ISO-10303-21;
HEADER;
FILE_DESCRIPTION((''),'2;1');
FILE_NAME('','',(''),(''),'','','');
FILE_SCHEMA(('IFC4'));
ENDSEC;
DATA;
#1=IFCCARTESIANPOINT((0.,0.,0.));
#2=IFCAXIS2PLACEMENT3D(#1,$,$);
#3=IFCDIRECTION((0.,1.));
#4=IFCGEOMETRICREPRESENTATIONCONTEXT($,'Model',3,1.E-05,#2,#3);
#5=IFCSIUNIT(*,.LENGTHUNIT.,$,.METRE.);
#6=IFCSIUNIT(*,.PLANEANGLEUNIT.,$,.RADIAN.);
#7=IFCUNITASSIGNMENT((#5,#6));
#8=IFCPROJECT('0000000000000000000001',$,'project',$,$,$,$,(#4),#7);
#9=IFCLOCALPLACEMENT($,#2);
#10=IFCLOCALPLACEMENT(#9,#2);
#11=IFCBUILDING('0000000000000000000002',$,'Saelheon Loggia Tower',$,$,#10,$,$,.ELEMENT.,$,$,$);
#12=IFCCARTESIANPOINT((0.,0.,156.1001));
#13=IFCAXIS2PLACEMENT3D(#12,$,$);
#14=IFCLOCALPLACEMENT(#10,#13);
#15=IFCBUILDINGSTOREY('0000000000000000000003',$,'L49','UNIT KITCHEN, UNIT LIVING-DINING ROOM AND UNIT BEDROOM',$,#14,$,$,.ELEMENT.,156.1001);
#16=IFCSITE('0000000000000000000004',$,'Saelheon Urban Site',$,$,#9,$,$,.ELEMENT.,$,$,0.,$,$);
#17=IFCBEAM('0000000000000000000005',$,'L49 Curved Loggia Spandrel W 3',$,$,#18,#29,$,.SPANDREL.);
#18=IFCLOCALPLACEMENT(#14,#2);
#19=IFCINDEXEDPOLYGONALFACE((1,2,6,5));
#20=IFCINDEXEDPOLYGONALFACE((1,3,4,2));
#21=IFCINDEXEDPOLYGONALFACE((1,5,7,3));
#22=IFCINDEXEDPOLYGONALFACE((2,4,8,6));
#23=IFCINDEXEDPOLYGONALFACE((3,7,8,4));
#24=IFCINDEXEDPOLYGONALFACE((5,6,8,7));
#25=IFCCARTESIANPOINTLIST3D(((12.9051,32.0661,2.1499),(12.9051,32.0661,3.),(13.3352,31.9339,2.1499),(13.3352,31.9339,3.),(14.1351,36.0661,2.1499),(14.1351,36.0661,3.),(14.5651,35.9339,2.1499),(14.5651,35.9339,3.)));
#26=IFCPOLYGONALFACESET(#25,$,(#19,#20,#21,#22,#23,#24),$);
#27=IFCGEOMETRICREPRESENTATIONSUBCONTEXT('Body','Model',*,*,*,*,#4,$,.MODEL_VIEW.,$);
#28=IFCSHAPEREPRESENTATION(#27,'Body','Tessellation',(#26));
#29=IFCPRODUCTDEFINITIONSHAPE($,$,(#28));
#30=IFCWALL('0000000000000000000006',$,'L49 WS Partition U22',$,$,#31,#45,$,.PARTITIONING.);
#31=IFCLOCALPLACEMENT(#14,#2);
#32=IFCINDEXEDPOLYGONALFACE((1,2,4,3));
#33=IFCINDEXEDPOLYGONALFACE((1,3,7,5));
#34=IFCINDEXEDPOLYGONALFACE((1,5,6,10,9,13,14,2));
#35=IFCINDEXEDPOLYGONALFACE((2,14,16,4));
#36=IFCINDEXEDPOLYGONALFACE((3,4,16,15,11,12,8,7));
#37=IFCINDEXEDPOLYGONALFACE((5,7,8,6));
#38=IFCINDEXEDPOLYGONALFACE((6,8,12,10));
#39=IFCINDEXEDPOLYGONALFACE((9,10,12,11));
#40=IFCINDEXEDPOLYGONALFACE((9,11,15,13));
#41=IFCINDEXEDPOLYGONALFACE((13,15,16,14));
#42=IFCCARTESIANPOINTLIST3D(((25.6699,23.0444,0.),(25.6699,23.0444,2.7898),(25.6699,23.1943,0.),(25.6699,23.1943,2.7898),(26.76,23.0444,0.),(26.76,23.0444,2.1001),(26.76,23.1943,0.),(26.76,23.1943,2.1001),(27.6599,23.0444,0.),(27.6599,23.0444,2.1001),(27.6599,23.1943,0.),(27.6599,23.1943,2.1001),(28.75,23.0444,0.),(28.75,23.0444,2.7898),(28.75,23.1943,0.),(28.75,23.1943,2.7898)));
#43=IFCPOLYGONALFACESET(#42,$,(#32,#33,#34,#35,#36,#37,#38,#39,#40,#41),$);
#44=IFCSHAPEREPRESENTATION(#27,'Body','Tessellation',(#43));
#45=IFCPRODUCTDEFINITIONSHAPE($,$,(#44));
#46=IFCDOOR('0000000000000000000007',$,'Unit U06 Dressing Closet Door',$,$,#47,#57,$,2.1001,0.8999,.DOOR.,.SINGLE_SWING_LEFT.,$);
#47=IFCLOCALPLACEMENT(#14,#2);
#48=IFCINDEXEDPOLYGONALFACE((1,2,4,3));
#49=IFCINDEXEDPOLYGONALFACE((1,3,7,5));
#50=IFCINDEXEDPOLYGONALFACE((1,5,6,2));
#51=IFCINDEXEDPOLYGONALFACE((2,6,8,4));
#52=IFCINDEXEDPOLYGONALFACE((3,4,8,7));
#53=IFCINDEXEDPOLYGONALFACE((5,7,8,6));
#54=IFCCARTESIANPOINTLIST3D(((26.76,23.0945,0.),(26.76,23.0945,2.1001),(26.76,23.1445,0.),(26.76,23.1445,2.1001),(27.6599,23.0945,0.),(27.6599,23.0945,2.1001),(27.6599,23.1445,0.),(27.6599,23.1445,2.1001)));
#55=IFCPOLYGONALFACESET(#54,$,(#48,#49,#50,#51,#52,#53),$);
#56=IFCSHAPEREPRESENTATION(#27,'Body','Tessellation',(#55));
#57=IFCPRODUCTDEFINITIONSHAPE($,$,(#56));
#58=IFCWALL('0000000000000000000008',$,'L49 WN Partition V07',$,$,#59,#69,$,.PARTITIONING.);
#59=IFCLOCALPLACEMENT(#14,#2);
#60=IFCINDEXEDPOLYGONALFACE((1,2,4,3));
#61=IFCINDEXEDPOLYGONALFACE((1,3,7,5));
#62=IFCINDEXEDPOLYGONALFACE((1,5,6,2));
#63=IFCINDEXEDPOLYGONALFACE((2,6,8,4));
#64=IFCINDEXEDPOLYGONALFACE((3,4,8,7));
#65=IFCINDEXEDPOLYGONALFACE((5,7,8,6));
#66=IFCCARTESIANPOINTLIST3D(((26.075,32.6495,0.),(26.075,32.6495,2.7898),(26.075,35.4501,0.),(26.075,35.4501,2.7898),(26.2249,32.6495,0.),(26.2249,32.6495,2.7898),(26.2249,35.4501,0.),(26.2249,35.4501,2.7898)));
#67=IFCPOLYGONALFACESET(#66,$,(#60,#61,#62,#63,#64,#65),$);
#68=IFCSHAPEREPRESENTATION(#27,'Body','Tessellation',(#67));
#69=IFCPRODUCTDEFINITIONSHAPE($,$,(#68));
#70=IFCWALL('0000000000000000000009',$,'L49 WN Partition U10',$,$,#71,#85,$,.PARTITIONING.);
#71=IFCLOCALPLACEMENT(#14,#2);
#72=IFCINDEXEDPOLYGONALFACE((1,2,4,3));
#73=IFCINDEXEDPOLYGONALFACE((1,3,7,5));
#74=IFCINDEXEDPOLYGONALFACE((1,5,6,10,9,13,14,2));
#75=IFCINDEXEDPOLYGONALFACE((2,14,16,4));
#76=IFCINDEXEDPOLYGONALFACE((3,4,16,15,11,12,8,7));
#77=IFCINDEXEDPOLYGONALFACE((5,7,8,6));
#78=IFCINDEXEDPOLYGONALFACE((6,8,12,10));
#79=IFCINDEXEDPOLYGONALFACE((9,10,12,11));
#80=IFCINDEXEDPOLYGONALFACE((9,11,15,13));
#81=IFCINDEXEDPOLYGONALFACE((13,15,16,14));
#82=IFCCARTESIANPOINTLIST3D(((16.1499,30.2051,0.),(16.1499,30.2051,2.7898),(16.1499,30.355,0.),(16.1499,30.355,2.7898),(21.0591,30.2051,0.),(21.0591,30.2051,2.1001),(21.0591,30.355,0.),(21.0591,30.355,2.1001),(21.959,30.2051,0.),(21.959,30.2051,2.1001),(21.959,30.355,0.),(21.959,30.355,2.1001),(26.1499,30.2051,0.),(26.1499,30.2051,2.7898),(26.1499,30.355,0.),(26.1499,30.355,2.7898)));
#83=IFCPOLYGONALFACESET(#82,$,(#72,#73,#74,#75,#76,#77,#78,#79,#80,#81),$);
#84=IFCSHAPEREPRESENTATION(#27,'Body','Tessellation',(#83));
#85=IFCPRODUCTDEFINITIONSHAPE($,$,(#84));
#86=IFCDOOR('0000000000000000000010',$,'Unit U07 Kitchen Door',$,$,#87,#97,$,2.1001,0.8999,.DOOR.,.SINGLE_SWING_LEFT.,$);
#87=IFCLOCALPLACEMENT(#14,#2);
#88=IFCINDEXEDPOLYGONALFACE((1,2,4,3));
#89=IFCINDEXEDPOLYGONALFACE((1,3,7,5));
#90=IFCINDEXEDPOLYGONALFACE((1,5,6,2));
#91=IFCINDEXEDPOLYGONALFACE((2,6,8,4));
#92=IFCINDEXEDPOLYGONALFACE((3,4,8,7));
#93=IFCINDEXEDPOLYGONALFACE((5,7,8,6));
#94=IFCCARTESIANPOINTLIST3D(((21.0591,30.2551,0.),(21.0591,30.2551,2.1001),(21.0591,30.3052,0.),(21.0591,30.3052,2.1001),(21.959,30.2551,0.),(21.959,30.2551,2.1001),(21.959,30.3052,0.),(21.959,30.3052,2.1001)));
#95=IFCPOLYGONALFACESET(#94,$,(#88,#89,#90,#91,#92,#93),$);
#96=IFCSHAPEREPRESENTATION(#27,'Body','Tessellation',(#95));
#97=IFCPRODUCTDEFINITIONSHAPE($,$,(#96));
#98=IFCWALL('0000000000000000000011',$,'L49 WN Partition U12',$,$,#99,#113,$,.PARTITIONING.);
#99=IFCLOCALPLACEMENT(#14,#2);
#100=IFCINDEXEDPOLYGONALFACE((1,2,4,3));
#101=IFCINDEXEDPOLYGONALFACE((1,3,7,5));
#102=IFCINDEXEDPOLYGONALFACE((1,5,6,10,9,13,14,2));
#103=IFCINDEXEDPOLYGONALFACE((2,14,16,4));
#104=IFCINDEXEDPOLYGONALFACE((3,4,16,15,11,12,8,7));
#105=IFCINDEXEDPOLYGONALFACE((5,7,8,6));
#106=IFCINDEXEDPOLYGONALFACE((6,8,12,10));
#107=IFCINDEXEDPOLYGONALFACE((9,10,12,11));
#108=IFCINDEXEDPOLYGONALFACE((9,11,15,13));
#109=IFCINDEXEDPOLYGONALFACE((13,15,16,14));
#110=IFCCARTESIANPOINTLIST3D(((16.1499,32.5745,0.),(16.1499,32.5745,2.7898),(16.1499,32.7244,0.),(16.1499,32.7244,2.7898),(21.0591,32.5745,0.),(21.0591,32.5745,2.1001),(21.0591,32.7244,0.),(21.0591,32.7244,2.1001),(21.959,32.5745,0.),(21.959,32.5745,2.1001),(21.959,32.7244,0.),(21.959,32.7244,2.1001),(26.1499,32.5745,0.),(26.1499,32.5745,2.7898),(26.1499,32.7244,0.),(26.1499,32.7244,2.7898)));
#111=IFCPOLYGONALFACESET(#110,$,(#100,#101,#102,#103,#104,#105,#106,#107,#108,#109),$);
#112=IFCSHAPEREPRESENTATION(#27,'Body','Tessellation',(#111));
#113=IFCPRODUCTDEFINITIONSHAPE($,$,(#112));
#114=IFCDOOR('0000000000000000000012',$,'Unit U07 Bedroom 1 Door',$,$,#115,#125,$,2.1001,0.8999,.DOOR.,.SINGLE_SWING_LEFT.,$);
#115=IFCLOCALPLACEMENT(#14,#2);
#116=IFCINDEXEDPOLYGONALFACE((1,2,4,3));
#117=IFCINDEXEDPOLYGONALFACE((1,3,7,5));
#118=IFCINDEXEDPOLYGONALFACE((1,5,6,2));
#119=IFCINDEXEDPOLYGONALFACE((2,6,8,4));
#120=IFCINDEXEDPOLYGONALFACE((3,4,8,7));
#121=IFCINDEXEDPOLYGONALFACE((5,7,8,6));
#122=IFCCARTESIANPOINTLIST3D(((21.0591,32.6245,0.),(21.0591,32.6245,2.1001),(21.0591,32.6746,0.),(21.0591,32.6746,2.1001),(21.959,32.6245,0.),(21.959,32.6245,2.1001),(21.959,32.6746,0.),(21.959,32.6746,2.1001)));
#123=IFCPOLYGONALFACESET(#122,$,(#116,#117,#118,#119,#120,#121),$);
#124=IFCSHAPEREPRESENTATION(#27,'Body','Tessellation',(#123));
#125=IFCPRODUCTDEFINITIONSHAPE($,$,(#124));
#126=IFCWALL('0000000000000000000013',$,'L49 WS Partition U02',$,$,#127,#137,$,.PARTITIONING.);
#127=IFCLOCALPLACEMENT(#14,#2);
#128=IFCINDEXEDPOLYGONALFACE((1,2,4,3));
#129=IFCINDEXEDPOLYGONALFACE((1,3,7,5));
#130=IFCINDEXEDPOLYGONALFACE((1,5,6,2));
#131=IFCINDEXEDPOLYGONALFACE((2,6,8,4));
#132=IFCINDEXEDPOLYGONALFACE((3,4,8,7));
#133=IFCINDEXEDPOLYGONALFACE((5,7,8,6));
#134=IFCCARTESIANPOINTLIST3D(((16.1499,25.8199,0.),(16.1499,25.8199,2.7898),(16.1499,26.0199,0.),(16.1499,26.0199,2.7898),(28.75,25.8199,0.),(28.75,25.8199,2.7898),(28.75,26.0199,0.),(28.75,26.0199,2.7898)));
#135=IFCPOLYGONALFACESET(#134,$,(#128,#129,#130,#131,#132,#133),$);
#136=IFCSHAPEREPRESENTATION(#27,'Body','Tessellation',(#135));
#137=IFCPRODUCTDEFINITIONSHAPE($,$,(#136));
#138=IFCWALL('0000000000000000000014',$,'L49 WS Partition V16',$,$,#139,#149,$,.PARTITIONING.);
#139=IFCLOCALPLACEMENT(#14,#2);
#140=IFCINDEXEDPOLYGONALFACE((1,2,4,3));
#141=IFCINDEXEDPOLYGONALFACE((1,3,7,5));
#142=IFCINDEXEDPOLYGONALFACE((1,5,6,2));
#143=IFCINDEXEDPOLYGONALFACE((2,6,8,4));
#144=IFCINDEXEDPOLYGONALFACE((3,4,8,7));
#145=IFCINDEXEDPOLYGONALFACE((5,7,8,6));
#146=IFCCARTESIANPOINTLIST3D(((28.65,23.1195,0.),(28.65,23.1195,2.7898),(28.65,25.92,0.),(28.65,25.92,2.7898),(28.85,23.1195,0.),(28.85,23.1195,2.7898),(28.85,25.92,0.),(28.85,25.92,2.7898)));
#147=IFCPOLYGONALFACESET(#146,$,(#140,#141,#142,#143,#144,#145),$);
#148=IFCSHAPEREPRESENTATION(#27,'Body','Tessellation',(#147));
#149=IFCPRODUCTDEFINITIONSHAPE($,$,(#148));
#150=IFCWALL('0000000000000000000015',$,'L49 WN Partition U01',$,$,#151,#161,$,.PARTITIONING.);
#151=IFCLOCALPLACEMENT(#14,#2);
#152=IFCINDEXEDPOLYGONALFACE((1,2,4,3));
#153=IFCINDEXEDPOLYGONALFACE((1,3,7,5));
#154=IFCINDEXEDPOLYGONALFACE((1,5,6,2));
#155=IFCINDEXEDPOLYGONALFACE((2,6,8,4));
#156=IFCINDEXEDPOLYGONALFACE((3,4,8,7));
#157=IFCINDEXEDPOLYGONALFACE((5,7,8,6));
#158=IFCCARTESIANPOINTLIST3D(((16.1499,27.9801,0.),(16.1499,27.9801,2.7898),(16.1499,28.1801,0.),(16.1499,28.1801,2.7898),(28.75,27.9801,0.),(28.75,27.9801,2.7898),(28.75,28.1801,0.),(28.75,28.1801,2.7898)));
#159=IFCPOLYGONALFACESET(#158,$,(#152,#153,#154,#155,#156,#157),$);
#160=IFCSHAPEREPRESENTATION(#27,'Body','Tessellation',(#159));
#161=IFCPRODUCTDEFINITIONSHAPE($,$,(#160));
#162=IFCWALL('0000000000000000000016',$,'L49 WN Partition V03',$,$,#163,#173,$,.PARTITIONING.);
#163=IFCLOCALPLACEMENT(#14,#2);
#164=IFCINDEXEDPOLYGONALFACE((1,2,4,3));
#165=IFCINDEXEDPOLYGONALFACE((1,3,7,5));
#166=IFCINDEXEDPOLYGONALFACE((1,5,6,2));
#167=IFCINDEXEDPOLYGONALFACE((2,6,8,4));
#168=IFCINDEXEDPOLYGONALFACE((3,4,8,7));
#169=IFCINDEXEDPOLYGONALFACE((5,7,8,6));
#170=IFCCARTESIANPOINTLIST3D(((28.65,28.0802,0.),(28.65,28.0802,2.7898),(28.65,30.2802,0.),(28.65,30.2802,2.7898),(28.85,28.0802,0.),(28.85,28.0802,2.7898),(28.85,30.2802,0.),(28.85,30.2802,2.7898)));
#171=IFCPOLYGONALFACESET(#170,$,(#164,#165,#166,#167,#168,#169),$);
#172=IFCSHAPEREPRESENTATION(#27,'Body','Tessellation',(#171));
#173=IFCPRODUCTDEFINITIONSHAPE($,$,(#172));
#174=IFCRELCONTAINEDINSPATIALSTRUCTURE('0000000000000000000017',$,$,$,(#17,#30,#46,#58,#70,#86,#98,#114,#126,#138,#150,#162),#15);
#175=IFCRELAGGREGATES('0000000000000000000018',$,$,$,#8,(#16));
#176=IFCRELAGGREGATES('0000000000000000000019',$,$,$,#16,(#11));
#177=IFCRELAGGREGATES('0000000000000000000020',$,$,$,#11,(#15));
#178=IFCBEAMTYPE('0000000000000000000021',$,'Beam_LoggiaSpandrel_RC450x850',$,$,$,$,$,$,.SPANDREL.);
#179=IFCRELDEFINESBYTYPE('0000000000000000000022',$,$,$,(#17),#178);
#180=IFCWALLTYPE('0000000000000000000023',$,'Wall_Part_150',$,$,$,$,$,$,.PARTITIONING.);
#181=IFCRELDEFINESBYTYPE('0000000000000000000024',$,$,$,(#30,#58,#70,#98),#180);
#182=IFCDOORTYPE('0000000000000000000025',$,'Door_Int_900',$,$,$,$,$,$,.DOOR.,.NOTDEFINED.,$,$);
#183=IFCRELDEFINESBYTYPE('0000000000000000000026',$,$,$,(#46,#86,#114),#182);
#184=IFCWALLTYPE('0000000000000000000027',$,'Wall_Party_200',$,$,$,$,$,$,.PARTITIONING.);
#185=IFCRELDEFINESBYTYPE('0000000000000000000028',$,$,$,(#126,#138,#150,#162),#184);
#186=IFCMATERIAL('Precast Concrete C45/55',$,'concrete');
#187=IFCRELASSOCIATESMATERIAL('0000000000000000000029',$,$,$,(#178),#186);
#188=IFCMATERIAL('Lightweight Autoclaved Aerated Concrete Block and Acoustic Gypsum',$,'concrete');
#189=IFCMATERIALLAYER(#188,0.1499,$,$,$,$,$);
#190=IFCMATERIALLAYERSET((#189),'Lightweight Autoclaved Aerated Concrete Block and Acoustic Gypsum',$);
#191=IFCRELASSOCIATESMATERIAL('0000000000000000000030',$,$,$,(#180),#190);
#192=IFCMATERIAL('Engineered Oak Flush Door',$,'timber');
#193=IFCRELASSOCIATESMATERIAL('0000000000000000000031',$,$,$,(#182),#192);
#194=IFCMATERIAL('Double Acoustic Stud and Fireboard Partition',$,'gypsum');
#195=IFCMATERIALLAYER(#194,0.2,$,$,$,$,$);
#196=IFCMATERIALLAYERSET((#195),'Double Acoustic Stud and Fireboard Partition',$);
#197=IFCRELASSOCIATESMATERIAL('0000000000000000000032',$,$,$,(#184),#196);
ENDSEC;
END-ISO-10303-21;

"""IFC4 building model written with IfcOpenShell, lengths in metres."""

from ifc_helpers import new_model, si_unit, direction, frame, frame_2d, origin, origin_2d, place, context, subcontext, project, spatial, rectangle, extrude, source, transform, mapped, material, layer, layer_set, material_profile, profile_set, type_object, element, fill, save


model = new_model("IFC4")

# Units and contexts
model_context = context("Model", 3, precision=1e-05, world=origin(), true_north=direction((0.0, 1.0)))
body_context = subcontext(model_context, "Body", "Model", "MODEL_VIEW")
ifc_project = project(units=[si_unit("LENGTHUNIT", "METRE"), si_unit("PLANEANGLEUNIT", "RADIAN")], contexts=[model_context])

# Site, building, storey
site_placement = place(None, origin())
site = spatial("IfcSite", under=ifc_project, at=site_placement, Name="Saelheon Urban Site", CompositionType="ELEMENT", RefElevation=0.0)
building_placement = place(site_placement, origin())
building = spatial("IfcBuilding", under=site, at=building_placement, Name="Saelheon Loggia Tower", CompositionType="ELEMENT")
storey_placement = place(building_placement, frame((0.0, 0.0, 156.1001)))
storey = spatial("IfcBuildingStorey", under=building, at=storey_placement, Name="L49", Description="UNIT KITCHEN, UNIT LIVING-DINING ROOM AND UNIT BEDROOM", CompositionType="ELEMENT", Elevation=156.1001)

# Beam
ifc_material_1 = material(Name="Precast Concrete C45/55", Category="concrete")
ifc_material_profile = material_profile(ifc_material_1, rectangle(XDim=0.45, YDim=0.8501, at=origin_2d()), Name="RC-450x850")
ifc_profile_set = profile_set([ifc_material_profile], Name="Precast Concrete C45/55")
beam_type = type_object("IfcBeamType", Name="Beam_LoggiaSpandrel_RC450x850", PredefinedType="SPANDREL", material=ifc_profile_set)
shared_shape_1 = source(origin(), body_context, "Body", "SweptSolid", [
    extrude(rectangle(XDim=0.45, YDim=0.8501, at=origin_2d()), origin(), (0.0, 0.0, 1.0), 4.1848),
])
beam_placement = place(storey_placement, frame((13.1201, 32.0, 2.575), z_axis=(0.293914, 0.955832, 0.0), x_axis=(-0.955832, 0.293914, 0.0)))
element("IfcBeam", 1, at=beam_placement, inside=storey, type_object=beam_type, Name="L49 Curved Loggia Spandrel W 3", PredefinedType="SPANDREL", context=body_context, shape_type="MappedRepresentation", body=[
    mapped(shared_shape_1, transform((0.0, 0.0, 0.0), scale=1.0)),
])

# Wall, opening, door
ifc_material_2 = material(Name="Lightweight Autoclaved Aerated Concrete Block and Acoustic Gypsum", Category="concrete")
ifc_layer_1 = layer(ifc_material_2, 0.1499)
ifc_layer_set_1 = layer_set([ifc_layer_1], Name="Lightweight Autoclaved Aerated Concrete Block and Acoustic Gypsum")
wall_type_1 = type_object("IfcWallType", Name="Wall_Part_150", PredefinedType="PARTITIONING", material=ifc_layer_set_1)
wall_1_placement = place(storey_placement, frame((28.75, 23.1194, 0.0), z_axis=(0.0, 0.0, 1.0), x_axis=(-1.0, 0.0, 0.0)))
wall_1 = element("IfcWall", 2, at=wall_1_placement, inside=storey, type_object=wall_type_1, Name="L49 WS Partition U22", PredefinedType="PARTITIONING", context=body_context, shape_type="SweptSolid", body=[
    extrude(rectangle(XDim=3.0801, YDim=0.1499, at=frame_2d((1.54, 0.0))), origin(), (0.0, 0.0, 1.0), 2.7898),
])
opening_1_placement = place(wall_1_placement, frame((1.0901, 0.0, 0.0)))
opening_1 = element("IfcOpeningElement", 3, at=opening_1_placement, cuts=wall_1, PredefinedType="OPENING", context=body_context, shape_type="SweptSolid", body=[
    extrude(rectangle(XDim=0.8999, YDim=2.1001, at=frame_2d((0.45, 1.05))), frame((0.0, 0.0869, 0.0), z_axis=(0.0, -1.0, 0.0), x_axis=(1.0, 0.0, 0.0)), (0.0, 0.0, 1.0), 0.1738),
])
ifc_material_3 = material(Name="Engineered Oak Flush Door", Category="timber")
door_type_1 = type_object("IfcDoorType", Name="Door_Int_900", OperationType="NOTDEFINED", PredefinedType="DOOR", material=ifc_material_3)
shared_shape_2 = source(origin(), body_context, "Body", "SweptSolid", [
    extrude(rectangle(XDim=0.8999, YDim=2.1001, at=frame_2d((0.45, 1.05))), frame((0.0, 0.0249, 0.0), z_axis=(0.0, -1.0, 0.0), x_axis=(1.0, 0.0, 0.0)), (0.0, 0.0, 1.0), 0.05),
])
door_1_placement = place(opening_1_placement, origin())
door_1 = element("IfcDoor", 4, at=door_1_placement, inside=storey, type_object=door_type_1, Name="Unit U06 Dressing Closet Door", OperationType="SINGLE_SWING_LEFT", OverallHeight=2.1001, OverallWidth=0.8999, PredefinedType="DOOR", context=body_context, shape_type="MappedRepresentation", body=[
    mapped(shared_shape_2, transform((0.0, 0.0, 0.0), scale=1.0)),
])
fill(opening_1, door_1)

# Wall
wall_2_placement = place(storey_placement, frame((26.1499, 32.6494, 0.0), z_axis=(0.0, 0.0, 1.0), x_axis=(0.0, 1.0, 0.0)))
element("IfcWall", 5, at=wall_2_placement, inside=storey, type_object=wall_type_1, Name="L49 WN Partition V07", PredefinedType="PARTITIONING", context=body_context, shape_type="SweptSolid", body=[
    extrude(rectangle(XDim=2.8005, YDim=0.1499, at=frame_2d((1.4004, 0.0))), origin(), (0.0, 0.0, 1.0), 2.7898),
])

# Walls, openings, doors
wall_3_placement = place(storey_placement, frame((26.1499, 30.28, 0.0), z_axis=(0.0, 0.0, 1.0), x_axis=(-1.0, 0.0, 0.0)))
wall_3 = element("IfcWall", 6, at=wall_3_placement, inside=storey, type_object=wall_type_1, Name="L49 WN Partition U10", PredefinedType="PARTITIONING", context=body_context, shape_type="SweptSolid", body=[
    extrude(rectangle(XDim=10.0, YDim=0.1499, at=frame_2d((5.0, 0.0))), origin(), (0.0, 0.0, 1.0), 2.7898),
])
opening_2_placement = place(wall_3_placement, frame((4.1909, 0.0, 0.0)))
opening_2 = element("IfcOpeningElement", 7, at=opening_2_placement, cuts=wall_3, PredefinedType="OPENING", context=body_context, shape_type="SweptSolid", body=[
    extrude(rectangle(XDim=0.8999, YDim=2.1001, at=frame_2d((0.45, 1.05))), frame((0.0, 0.0869, 0.0), z_axis=(0.0, -1.0, 0.0), x_axis=(1.0, 0.0, 0.0)), (0.0, 0.0, 1.0), 0.1738),
])
door_2_placement = place(opening_2_placement, origin())
door_2 = element("IfcDoor", 8, at=door_2_placement, inside=storey, type_object=door_type_1, Name="Unit U07 Kitchen Door", OperationType="SINGLE_SWING_LEFT", OverallHeight=2.1001, OverallWidth=0.8999, PredefinedType="DOOR", context=body_context, shape_type="MappedRepresentation", body=[
    mapped(shared_shape_2, transform((0.0, 0.0, 0.0), scale=1.0)),
])
fill(opening_2, door_2)
wall_4_placement = place(storey_placement, frame((26.1499, 32.6494, 0.0), z_axis=(0.0, 0.0, 1.0), x_axis=(-1.0, 0.0, 0.0)))
wall_4 = element("IfcWall", 9, at=wall_4_placement, inside=storey, type_object=wall_type_1, Name="L49 WN Partition U12", PredefinedType="PARTITIONING", context=body_context, shape_type="SweptSolid", body=[
    extrude(rectangle(XDim=10.0, YDim=0.1499, at=frame_2d((5.0, 0.0))), origin(), (0.0, 0.0, 1.0), 2.7898),
])
opening_3_placement = place(wall_4_placement, frame((4.1909, 0.0, 0.0)))
opening_3 = element("IfcOpeningElement", 10, at=opening_3_placement, cuts=wall_4, PredefinedType="OPENING", context=body_context, shape_type="SweptSolid", body=[
    extrude(rectangle(XDim=0.8999, YDim=2.1001, at=frame_2d((0.45, 1.05))), frame((0.0, 0.0869, 0.0), z_axis=(0.0, -1.0, 0.0), x_axis=(1.0, 0.0, 0.0)), (0.0, 0.0, 1.0), 0.1738),
])
door_3_placement = place(opening_3_placement, origin())
door_3 = element("IfcDoor", 11, at=door_3_placement, inside=storey, type_object=door_type_1, Name="Unit U07 Bedroom 1 Door", OperationType="SINGLE_SWING_LEFT", OverallHeight=2.1001, OverallWidth=0.8999, PredefinedType="DOOR", context=body_context, shape_type="MappedRepresentation", body=[
    mapped(shared_shape_2, transform((0.0, 0.0, 0.0), scale=1.0)),
])
fill(opening_3, door_3)

# Walls
ifc_material_4 = material(Name="Double Acoustic Stud and Fireboard Partition", Category="gypsum")
ifc_layer_2 = layer(ifc_material_4, 0.2)
ifc_layer_set_2 = layer_set([ifc_layer_2], Name="Double Acoustic Stud and Fireboard Partition")
wall_type_2 = type_object("IfcWallType", Name="Wall_Party_200", PredefinedType="PARTITIONING", material=ifc_layer_set_2)
wall_5_placement = place(storey_placement, frame((28.75, 25.9199, 0.0), z_axis=(0.0, 0.0, 1.0), x_axis=(-1.0, 0.0, 0.0)))
element("IfcWall", 12, at=wall_5_placement, inside=storey, type_object=wall_type_2, Name="L49 WS Partition U02", PredefinedType="PARTITIONING", context=body_context, shape_type="SweptSolid", body=[
    extrude(rectangle(XDim=12.6001, YDim=0.2, at=frame_2d((6.3, 0.0))), origin(), (0.0, 0.0, 1.0), 2.7898),
])
wall_6_placement = place(storey_placement, frame((28.75, 23.1194, 0.0), z_axis=(0.0, 0.0, 1.0), x_axis=(0.0, 1.0, 0.0)))
element("IfcWall", 13, at=wall_6_placement, inside=storey, type_object=wall_type_2, Name="L49 WS Partition V16", PredefinedType="PARTITIONING", context=body_context, shape_type="SweptSolid", body=[
    extrude(rectangle(XDim=2.8005, YDim=0.2, at=frame_2d((1.4004, 0.0))), origin(), (0.0, 0.0, 1.0), 2.7898),
])
wall_7_placement = place(storey_placement, frame((28.75, 28.0801, 0.0), z_axis=(0.0, 0.0, 1.0), x_axis=(-1.0, 0.0, 0.0)))
element("IfcWall", 14, at=wall_7_placement, inside=storey, type_object=wall_type_2, Name="L49 WN Partition U01", PredefinedType="PARTITIONING", context=body_context, shape_type="SweptSolid", body=[
    extrude(rectangle(XDim=12.6001, YDim=0.2, at=frame_2d((6.3, 0.0))), origin(), (0.0, 0.0, 1.0), 2.7898),
])
wall_8_placement = place(storey_placement, frame((28.75, 28.0801, 0.0), z_axis=(0.0, 0.0, 1.0), x_axis=(0.0, 1.0, 0.0)))
element("IfcWall", 15, at=wall_8_placement, inside=storey, type_object=wall_type_2, Name="L49 WN Partition V03", PredefinedType="PARTITIONING", context=body_context, shape_type="SweptSolid", body=[
    extrude(rectangle(XDim=2.2, YDim=0.2, at=frame_2d((1.1001, 0.0))), origin(), (0.0, 0.0, 1.0), 2.7898),
])

save(model, "model.ifc")
